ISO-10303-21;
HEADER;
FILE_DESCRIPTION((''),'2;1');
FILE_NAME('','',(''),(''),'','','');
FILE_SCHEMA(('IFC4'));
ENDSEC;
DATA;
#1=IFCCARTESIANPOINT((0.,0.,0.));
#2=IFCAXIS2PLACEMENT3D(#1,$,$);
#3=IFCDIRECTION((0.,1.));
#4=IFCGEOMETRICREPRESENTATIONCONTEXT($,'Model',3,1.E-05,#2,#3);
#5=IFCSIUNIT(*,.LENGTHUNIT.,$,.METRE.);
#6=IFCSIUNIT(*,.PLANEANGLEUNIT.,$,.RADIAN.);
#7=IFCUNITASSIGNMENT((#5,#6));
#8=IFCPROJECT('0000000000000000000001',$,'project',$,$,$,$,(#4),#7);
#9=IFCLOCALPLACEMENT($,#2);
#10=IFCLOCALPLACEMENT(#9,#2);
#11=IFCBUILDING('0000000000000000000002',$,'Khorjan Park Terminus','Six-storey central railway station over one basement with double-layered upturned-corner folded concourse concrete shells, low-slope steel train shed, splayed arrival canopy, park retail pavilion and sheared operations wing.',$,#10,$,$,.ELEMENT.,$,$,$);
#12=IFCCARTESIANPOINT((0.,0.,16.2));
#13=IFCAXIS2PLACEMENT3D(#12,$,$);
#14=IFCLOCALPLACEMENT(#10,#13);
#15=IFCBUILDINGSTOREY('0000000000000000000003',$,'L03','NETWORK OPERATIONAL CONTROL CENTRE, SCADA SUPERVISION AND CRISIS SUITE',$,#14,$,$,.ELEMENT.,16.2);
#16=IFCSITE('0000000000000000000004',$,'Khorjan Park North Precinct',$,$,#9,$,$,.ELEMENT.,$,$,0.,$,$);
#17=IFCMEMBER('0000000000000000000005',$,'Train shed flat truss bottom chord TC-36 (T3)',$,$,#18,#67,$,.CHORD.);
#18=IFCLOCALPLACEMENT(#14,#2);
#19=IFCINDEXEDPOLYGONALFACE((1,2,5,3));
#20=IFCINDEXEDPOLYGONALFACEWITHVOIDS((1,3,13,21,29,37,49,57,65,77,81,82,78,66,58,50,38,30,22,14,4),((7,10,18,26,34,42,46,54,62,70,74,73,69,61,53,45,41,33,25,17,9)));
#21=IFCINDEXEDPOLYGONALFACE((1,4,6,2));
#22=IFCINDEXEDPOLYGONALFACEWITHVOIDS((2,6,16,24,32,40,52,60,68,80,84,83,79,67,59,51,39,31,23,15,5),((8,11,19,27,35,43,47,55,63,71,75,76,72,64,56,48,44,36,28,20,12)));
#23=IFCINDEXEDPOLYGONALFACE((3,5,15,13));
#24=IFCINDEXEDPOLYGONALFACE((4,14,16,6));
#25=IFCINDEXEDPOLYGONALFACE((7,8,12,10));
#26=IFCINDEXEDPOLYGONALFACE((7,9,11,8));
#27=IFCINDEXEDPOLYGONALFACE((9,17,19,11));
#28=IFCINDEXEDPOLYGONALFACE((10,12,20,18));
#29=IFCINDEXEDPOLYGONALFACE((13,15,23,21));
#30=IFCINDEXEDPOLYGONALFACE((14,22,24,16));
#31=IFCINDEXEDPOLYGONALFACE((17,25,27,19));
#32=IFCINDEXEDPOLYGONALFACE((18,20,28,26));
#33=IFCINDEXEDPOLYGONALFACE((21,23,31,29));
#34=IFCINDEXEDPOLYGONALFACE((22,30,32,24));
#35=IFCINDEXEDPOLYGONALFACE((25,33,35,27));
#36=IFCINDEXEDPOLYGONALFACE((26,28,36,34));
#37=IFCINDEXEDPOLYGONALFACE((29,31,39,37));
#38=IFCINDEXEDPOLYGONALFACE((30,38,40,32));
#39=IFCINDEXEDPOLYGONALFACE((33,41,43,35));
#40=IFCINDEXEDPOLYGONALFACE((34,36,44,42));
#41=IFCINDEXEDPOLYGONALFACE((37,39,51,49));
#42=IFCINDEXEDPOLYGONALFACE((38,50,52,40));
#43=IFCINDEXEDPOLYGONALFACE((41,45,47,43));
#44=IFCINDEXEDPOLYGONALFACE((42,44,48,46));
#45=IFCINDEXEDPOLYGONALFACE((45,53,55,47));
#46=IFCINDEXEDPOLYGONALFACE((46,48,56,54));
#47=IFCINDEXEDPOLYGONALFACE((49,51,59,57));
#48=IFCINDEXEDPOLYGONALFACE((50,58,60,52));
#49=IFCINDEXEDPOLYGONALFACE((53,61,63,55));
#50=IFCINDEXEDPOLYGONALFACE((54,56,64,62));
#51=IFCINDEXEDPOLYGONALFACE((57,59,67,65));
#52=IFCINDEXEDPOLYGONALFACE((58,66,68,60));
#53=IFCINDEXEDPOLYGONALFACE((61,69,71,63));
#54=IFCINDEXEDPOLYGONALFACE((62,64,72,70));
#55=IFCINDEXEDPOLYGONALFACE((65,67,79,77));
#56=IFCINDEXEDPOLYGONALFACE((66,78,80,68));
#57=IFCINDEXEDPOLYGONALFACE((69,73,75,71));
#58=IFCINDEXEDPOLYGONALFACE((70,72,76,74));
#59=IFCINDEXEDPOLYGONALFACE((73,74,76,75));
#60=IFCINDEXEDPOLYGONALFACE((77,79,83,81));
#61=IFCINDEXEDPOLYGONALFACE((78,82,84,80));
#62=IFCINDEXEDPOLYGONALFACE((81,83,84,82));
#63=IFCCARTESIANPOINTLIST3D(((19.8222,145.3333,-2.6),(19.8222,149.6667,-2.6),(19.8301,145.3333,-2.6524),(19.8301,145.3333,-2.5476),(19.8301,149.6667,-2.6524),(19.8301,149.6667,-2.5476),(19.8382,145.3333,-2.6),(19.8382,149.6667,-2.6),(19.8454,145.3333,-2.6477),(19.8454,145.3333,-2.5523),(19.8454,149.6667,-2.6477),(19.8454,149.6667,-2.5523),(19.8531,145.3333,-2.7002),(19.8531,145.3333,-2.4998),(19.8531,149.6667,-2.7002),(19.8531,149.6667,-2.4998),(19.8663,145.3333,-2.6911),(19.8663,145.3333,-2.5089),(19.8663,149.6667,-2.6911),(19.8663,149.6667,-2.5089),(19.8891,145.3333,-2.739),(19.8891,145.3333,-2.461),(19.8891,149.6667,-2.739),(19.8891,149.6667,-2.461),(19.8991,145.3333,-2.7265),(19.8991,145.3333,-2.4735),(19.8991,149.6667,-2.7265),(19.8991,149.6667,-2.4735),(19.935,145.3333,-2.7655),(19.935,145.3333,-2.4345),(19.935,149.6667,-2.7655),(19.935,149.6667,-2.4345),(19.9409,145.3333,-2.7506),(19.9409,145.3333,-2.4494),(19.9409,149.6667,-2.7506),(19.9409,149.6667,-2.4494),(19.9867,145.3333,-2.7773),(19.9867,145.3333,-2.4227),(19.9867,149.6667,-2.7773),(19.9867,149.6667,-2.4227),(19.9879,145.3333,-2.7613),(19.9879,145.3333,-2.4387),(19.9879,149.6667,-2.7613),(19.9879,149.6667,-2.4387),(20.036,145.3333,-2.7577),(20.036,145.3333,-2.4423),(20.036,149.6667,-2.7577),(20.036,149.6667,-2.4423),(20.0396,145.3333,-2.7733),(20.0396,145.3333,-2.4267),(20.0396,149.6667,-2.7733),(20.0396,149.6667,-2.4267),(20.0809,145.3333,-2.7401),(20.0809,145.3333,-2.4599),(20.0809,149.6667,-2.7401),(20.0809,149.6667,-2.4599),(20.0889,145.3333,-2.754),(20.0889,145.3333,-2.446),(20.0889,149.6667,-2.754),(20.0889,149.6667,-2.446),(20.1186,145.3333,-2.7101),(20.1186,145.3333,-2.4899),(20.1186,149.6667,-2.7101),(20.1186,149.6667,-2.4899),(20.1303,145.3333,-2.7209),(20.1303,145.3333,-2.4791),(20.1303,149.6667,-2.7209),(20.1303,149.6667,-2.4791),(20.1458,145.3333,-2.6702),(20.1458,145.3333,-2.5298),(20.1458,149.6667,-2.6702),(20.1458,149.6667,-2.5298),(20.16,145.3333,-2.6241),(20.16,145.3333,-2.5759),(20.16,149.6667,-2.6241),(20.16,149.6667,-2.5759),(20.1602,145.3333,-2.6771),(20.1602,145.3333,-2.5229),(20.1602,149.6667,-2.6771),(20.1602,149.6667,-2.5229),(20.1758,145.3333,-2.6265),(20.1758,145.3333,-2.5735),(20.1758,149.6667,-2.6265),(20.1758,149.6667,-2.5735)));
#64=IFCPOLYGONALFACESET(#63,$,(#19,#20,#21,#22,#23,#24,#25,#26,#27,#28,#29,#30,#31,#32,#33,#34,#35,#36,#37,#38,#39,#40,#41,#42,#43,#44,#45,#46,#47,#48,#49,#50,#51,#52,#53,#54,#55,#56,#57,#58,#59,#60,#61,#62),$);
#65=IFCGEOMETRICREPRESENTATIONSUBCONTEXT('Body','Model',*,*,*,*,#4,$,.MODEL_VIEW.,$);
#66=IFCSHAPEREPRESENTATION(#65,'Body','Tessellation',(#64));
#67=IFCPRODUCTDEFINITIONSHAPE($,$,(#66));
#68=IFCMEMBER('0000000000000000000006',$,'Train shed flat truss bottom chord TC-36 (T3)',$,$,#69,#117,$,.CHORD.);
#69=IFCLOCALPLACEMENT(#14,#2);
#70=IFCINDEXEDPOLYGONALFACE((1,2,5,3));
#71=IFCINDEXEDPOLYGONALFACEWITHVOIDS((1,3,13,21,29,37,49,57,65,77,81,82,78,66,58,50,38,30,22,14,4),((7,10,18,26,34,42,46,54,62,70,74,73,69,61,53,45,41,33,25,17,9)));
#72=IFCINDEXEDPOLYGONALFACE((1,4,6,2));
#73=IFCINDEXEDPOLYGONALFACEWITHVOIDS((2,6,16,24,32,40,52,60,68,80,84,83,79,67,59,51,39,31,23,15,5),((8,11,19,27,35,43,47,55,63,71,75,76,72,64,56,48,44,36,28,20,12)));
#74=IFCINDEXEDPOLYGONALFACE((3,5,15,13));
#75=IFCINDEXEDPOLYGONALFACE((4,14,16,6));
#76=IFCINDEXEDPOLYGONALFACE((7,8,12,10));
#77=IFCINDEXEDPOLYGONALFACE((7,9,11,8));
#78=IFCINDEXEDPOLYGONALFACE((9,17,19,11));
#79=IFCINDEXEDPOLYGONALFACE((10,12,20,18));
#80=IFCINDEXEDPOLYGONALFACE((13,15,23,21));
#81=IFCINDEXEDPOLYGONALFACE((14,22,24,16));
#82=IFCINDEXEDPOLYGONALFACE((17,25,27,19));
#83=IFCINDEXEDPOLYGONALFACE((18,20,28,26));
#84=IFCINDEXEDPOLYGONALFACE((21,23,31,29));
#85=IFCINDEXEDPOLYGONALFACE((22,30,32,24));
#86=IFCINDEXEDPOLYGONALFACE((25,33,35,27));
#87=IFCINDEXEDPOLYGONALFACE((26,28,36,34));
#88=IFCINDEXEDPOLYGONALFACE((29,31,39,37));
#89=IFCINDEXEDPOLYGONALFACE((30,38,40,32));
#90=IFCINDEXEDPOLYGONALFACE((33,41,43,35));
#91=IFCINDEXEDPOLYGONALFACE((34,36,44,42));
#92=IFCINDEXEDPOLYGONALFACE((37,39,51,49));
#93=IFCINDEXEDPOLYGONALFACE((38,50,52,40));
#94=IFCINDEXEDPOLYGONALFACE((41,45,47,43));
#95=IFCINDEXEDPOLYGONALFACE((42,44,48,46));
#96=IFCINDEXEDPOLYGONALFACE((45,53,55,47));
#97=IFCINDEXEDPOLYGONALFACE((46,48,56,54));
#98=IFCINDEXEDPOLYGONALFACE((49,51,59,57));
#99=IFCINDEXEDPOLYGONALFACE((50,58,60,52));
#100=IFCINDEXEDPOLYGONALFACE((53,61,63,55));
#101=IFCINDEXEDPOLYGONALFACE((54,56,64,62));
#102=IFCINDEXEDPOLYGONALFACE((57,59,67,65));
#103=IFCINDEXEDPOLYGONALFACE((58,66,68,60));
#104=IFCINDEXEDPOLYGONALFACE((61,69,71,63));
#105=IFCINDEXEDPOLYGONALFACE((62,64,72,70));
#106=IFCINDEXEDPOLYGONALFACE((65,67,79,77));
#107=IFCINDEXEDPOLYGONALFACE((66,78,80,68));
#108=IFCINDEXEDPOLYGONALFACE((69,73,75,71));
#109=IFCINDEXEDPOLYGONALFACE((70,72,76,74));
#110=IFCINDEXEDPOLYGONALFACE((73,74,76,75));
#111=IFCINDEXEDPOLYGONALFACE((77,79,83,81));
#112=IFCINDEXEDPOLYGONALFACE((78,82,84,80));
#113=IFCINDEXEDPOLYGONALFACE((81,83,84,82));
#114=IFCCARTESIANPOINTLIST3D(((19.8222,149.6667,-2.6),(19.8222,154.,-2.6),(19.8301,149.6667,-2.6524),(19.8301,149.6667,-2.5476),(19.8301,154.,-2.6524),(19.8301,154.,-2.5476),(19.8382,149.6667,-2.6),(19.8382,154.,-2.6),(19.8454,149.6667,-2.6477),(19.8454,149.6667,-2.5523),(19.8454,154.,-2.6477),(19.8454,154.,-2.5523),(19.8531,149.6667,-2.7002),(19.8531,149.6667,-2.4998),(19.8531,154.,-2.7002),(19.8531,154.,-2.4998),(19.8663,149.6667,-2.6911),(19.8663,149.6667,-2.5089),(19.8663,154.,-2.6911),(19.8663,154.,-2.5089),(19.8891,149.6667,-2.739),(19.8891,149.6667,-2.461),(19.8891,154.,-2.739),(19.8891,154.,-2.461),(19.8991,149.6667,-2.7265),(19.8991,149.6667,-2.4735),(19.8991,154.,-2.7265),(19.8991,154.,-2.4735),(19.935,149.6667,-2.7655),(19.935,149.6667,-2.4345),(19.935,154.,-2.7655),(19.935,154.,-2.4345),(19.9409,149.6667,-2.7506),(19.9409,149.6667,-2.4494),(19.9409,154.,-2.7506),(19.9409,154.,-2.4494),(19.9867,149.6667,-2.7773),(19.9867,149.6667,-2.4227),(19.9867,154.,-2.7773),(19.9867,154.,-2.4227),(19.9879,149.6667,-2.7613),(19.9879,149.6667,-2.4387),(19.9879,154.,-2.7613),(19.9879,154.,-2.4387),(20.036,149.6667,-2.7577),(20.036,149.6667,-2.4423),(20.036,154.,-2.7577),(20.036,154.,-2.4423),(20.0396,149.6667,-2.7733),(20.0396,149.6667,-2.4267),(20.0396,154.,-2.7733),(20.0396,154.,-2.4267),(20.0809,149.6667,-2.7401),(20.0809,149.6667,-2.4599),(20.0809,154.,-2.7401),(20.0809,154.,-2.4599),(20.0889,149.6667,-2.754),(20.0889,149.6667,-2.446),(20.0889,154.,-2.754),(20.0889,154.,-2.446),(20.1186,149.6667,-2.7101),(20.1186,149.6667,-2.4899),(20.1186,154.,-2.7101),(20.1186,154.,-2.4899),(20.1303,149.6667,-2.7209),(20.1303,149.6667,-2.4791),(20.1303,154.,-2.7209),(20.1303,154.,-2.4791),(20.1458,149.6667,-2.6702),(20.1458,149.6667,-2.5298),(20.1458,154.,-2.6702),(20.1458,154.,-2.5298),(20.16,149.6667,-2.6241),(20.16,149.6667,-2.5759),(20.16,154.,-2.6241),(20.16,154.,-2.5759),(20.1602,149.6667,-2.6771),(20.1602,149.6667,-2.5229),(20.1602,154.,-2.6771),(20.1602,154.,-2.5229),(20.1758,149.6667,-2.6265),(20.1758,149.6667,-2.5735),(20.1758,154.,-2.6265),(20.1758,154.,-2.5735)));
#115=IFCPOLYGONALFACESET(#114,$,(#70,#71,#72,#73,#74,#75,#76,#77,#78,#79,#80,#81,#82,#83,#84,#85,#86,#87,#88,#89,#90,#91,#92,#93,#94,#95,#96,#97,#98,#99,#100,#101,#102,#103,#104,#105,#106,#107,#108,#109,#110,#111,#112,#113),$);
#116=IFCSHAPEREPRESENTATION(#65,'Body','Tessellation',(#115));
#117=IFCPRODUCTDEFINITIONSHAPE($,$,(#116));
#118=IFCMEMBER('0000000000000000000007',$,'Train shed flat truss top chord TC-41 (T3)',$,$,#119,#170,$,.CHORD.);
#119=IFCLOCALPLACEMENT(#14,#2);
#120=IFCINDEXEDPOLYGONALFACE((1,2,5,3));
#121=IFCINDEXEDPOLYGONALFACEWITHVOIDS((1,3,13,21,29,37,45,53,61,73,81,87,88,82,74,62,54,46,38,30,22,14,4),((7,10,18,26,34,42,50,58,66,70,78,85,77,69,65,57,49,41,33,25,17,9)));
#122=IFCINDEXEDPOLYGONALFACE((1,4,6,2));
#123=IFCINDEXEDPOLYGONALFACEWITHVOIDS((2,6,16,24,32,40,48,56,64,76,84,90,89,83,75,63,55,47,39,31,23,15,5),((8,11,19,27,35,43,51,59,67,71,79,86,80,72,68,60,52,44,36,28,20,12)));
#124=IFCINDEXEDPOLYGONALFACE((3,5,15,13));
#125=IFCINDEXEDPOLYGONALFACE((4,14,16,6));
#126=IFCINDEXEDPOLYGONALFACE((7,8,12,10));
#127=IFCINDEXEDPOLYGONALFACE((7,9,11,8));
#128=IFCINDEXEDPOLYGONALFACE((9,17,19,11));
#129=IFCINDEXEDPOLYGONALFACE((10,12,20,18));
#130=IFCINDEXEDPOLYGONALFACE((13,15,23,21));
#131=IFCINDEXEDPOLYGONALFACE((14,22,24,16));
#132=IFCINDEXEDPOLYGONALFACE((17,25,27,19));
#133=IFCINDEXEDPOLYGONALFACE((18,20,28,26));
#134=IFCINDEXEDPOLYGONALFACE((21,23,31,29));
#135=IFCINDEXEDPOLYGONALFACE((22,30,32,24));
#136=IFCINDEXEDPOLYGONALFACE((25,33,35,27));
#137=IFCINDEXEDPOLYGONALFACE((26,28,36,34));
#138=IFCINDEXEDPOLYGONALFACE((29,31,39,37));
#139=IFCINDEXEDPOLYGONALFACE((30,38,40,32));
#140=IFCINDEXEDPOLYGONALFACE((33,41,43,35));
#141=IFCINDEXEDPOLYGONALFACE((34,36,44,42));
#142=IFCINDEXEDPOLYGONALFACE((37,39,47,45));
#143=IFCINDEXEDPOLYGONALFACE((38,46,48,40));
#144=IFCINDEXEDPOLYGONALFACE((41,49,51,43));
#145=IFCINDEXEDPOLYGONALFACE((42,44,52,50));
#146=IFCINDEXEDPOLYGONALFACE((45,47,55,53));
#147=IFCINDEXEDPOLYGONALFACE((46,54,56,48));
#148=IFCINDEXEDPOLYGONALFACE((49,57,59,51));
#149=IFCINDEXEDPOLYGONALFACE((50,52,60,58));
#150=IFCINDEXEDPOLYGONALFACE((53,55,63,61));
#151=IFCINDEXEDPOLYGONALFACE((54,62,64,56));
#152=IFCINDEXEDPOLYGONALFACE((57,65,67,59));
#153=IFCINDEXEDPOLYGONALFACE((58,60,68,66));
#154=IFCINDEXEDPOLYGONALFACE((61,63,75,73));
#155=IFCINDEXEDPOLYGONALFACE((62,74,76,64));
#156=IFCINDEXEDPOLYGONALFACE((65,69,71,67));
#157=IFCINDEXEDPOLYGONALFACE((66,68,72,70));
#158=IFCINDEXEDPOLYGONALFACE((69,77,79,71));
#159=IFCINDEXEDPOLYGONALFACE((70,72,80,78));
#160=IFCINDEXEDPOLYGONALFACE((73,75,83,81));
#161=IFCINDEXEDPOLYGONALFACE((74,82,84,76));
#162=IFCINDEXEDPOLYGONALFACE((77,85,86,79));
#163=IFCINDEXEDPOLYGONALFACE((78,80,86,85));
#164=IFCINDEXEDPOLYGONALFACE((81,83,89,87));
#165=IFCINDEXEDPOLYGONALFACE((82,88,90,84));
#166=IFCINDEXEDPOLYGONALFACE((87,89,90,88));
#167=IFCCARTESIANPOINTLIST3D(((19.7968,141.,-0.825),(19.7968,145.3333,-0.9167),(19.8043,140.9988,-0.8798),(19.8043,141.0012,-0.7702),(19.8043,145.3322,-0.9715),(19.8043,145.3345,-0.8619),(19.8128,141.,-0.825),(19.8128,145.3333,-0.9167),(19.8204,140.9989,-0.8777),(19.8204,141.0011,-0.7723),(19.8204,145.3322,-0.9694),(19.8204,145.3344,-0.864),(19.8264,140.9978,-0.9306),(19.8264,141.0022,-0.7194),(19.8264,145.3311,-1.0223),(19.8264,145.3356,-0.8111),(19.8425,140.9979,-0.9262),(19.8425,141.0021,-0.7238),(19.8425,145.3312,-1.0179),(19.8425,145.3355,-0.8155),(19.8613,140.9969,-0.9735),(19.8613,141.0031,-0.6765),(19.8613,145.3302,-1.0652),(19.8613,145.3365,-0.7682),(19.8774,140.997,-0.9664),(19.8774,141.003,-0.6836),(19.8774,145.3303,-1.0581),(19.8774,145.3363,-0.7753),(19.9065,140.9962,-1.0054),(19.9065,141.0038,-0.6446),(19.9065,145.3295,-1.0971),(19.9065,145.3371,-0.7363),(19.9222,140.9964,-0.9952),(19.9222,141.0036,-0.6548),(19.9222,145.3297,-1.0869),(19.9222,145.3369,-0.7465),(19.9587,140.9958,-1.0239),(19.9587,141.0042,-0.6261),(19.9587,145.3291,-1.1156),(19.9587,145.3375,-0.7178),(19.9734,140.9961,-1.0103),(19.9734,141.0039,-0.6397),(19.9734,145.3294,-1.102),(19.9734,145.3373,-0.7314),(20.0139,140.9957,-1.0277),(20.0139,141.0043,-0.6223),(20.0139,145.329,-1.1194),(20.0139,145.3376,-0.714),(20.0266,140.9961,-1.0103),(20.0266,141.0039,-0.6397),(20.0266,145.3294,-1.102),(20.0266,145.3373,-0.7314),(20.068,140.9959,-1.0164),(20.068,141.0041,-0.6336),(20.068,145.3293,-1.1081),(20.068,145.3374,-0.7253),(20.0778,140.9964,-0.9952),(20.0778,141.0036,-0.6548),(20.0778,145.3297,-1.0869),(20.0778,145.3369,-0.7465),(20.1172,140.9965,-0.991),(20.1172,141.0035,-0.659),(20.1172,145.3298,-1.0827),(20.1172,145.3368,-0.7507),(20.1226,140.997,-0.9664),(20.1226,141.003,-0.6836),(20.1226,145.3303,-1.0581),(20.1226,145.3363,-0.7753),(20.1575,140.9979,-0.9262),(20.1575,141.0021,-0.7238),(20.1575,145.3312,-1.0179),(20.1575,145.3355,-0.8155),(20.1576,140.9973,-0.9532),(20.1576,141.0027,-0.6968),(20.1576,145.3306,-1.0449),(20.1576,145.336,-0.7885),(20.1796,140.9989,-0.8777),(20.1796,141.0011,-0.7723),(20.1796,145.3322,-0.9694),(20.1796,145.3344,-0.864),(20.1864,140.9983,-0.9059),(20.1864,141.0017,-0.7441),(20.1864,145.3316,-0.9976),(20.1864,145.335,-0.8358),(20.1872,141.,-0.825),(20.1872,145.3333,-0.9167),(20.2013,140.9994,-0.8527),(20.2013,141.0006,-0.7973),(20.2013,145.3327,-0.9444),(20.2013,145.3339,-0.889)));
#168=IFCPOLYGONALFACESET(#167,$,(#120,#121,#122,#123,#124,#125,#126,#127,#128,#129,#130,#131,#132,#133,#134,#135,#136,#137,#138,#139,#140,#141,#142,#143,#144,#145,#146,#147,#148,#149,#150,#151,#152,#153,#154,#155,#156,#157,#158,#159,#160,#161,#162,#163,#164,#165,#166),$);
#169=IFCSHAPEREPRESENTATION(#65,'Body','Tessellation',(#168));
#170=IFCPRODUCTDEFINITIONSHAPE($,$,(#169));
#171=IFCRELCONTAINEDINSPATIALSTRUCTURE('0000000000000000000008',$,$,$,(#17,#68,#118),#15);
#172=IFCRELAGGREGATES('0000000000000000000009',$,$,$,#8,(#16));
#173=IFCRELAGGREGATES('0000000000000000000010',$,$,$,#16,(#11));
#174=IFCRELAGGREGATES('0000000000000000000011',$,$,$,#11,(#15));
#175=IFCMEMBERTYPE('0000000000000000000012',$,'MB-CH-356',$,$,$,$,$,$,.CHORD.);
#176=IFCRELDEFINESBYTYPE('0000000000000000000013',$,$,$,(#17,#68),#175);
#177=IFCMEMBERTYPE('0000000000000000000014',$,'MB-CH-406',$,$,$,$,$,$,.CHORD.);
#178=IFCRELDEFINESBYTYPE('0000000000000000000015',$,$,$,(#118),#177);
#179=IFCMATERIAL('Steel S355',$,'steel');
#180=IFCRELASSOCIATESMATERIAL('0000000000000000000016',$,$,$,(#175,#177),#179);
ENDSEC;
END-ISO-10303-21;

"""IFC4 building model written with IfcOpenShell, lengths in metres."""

from ifc_helpers import new_model, si_unit, direction, frame, origin, origin_2d, place, context, subcontext, project, spatial, hollow_circle, extrude, material, material_profile, profile_set, type_object, element, save


model = new_model("IFC4")

# Units and contexts
model_context = context("Model", 3, precision=1e-05, world=origin(), true_north=direction((0.0, 1.0)))
body_context = subcontext(model_context, "Body", "Model", "MODEL_VIEW")
ifc_project = project(units=[si_unit("LENGTHUNIT", "METRE"), si_unit("PLANEANGLEUNIT", "RADIAN")], contexts=[model_context])

# Site, building, storey
site_placement = place(None, origin())
site = spatial("IfcSite", under=ifc_project, at=site_placement, Name="Khorjan Park North Precinct", CompositionType="ELEMENT", RefElevation=0.0)
building_placement = place(site_placement, origin())
building = spatial("IfcBuilding", under=site, at=building_placement, Name="Khorjan Park Terminus", Description="Six-storey central railway station over one basement with double-layered upturned-corner folded concourse concrete shells, low-slope steel train shed, splayed arrival canopy, park retail pavilion and sheared operations wing.", CompositionType="ELEMENT")
storey_placement = place(building_placement, frame((0.0, 0.0, 16.2)))
storey = spatial("IfcBuildingStorey", under=building, at=storey_placement, Name="L03", Description="NETWORK OPERATIONAL CONTROL CENTRE, SCADA SUPERVISION AND CRISIS SUITE", CompositionType="ELEMENT", Elevation=16.2)

# Members
ifc_material = material(Name="Steel S355", Category="steel")
ifc_material_profile_1 = material_profile(ifc_material, hollow_circle(Radius=0.1778, WallThickness=0.016, at=origin_2d()), Name="CHS 355.6x16")
ifc_profile_set_1 = profile_set([ifc_material_profile_1], Name="Steel S355")
member_type_1 = type_object("IfcMemberType", Name="MB-CH-356", PredefinedType="CHORD", material=ifc_profile_set_1)
member_1_placement = place(storey_placement, frame((20.0, 145.3333, -2.6), z_axis=(0.0, 1.0, 0.0), x_axis=(-1.0, 0.0, 0.0)))
element("IfcMember", 1, at=member_1_placement, inside=storey, type_object=member_type_1, Name="Train shed flat truss bottom chord TC-36 (T3)", PredefinedType="CHORD", context=body_context, shape_type="SweptSolid", body=[
    extrude(hollow_circle(Radius=0.1778, WallThickness=0.016, at=origin_2d()), origin(), (0.0, 0.0, 1.0), 4.3334),
])
member_2_placement = place(storey_placement, frame((20.0, 149.6667, -2.6), z_axis=(0.0, 1.0, 0.0), x_axis=(-1.0, 0.0, 0.0)))
element("IfcMember", 2, at=member_2_placement, inside=storey, type_object=member_type_1, Name="Train shed flat truss bottom chord TC-36 (T3)", PredefinedType="CHORD", context=body_context, shape_type="SweptSolid", body=[
    extrude(hollow_circle(Radius=0.1778, WallThickness=0.016, at=origin_2d()), origin(), (0.0, 0.0, 1.0), 4.3333),
])
ifc_material_profile_2 = material_profile(ifc_material, hollow_circle(Radius=0.2032, WallThickness=0.016, at=origin_2d()), Name="CHS 406.4x16")
ifc_profile_set_2 = profile_set([ifc_material_profile_2], Name="Steel S355")
member_type_2 = type_object("IfcMemberType", Name="MB-CH-406", PredefinedType="CHORD", material=ifc_profile_set_2)
member_3_placement = place(storey_placement, frame((20.0, 141.0, -0.825), z_axis=(0.0, 0.999776, -0.021157), x_axis=(-1.0, 0.0, 0.0)))
element("IfcMember", 3, at=member_3_placement, inside=storey, type_object=member_type_2, Name="Train shed flat truss top chord TC-41 (T3)", PredefinedType="CHORD", context=body_context, shape_type="SweptSolid", body=[
    extrude(hollow_circle(Radius=0.2032, WallThickness=0.016, at=origin_2d()), origin(), (0.0, 0.0, 1.0), 4.3343),
])

save(model, "model.ifc")
